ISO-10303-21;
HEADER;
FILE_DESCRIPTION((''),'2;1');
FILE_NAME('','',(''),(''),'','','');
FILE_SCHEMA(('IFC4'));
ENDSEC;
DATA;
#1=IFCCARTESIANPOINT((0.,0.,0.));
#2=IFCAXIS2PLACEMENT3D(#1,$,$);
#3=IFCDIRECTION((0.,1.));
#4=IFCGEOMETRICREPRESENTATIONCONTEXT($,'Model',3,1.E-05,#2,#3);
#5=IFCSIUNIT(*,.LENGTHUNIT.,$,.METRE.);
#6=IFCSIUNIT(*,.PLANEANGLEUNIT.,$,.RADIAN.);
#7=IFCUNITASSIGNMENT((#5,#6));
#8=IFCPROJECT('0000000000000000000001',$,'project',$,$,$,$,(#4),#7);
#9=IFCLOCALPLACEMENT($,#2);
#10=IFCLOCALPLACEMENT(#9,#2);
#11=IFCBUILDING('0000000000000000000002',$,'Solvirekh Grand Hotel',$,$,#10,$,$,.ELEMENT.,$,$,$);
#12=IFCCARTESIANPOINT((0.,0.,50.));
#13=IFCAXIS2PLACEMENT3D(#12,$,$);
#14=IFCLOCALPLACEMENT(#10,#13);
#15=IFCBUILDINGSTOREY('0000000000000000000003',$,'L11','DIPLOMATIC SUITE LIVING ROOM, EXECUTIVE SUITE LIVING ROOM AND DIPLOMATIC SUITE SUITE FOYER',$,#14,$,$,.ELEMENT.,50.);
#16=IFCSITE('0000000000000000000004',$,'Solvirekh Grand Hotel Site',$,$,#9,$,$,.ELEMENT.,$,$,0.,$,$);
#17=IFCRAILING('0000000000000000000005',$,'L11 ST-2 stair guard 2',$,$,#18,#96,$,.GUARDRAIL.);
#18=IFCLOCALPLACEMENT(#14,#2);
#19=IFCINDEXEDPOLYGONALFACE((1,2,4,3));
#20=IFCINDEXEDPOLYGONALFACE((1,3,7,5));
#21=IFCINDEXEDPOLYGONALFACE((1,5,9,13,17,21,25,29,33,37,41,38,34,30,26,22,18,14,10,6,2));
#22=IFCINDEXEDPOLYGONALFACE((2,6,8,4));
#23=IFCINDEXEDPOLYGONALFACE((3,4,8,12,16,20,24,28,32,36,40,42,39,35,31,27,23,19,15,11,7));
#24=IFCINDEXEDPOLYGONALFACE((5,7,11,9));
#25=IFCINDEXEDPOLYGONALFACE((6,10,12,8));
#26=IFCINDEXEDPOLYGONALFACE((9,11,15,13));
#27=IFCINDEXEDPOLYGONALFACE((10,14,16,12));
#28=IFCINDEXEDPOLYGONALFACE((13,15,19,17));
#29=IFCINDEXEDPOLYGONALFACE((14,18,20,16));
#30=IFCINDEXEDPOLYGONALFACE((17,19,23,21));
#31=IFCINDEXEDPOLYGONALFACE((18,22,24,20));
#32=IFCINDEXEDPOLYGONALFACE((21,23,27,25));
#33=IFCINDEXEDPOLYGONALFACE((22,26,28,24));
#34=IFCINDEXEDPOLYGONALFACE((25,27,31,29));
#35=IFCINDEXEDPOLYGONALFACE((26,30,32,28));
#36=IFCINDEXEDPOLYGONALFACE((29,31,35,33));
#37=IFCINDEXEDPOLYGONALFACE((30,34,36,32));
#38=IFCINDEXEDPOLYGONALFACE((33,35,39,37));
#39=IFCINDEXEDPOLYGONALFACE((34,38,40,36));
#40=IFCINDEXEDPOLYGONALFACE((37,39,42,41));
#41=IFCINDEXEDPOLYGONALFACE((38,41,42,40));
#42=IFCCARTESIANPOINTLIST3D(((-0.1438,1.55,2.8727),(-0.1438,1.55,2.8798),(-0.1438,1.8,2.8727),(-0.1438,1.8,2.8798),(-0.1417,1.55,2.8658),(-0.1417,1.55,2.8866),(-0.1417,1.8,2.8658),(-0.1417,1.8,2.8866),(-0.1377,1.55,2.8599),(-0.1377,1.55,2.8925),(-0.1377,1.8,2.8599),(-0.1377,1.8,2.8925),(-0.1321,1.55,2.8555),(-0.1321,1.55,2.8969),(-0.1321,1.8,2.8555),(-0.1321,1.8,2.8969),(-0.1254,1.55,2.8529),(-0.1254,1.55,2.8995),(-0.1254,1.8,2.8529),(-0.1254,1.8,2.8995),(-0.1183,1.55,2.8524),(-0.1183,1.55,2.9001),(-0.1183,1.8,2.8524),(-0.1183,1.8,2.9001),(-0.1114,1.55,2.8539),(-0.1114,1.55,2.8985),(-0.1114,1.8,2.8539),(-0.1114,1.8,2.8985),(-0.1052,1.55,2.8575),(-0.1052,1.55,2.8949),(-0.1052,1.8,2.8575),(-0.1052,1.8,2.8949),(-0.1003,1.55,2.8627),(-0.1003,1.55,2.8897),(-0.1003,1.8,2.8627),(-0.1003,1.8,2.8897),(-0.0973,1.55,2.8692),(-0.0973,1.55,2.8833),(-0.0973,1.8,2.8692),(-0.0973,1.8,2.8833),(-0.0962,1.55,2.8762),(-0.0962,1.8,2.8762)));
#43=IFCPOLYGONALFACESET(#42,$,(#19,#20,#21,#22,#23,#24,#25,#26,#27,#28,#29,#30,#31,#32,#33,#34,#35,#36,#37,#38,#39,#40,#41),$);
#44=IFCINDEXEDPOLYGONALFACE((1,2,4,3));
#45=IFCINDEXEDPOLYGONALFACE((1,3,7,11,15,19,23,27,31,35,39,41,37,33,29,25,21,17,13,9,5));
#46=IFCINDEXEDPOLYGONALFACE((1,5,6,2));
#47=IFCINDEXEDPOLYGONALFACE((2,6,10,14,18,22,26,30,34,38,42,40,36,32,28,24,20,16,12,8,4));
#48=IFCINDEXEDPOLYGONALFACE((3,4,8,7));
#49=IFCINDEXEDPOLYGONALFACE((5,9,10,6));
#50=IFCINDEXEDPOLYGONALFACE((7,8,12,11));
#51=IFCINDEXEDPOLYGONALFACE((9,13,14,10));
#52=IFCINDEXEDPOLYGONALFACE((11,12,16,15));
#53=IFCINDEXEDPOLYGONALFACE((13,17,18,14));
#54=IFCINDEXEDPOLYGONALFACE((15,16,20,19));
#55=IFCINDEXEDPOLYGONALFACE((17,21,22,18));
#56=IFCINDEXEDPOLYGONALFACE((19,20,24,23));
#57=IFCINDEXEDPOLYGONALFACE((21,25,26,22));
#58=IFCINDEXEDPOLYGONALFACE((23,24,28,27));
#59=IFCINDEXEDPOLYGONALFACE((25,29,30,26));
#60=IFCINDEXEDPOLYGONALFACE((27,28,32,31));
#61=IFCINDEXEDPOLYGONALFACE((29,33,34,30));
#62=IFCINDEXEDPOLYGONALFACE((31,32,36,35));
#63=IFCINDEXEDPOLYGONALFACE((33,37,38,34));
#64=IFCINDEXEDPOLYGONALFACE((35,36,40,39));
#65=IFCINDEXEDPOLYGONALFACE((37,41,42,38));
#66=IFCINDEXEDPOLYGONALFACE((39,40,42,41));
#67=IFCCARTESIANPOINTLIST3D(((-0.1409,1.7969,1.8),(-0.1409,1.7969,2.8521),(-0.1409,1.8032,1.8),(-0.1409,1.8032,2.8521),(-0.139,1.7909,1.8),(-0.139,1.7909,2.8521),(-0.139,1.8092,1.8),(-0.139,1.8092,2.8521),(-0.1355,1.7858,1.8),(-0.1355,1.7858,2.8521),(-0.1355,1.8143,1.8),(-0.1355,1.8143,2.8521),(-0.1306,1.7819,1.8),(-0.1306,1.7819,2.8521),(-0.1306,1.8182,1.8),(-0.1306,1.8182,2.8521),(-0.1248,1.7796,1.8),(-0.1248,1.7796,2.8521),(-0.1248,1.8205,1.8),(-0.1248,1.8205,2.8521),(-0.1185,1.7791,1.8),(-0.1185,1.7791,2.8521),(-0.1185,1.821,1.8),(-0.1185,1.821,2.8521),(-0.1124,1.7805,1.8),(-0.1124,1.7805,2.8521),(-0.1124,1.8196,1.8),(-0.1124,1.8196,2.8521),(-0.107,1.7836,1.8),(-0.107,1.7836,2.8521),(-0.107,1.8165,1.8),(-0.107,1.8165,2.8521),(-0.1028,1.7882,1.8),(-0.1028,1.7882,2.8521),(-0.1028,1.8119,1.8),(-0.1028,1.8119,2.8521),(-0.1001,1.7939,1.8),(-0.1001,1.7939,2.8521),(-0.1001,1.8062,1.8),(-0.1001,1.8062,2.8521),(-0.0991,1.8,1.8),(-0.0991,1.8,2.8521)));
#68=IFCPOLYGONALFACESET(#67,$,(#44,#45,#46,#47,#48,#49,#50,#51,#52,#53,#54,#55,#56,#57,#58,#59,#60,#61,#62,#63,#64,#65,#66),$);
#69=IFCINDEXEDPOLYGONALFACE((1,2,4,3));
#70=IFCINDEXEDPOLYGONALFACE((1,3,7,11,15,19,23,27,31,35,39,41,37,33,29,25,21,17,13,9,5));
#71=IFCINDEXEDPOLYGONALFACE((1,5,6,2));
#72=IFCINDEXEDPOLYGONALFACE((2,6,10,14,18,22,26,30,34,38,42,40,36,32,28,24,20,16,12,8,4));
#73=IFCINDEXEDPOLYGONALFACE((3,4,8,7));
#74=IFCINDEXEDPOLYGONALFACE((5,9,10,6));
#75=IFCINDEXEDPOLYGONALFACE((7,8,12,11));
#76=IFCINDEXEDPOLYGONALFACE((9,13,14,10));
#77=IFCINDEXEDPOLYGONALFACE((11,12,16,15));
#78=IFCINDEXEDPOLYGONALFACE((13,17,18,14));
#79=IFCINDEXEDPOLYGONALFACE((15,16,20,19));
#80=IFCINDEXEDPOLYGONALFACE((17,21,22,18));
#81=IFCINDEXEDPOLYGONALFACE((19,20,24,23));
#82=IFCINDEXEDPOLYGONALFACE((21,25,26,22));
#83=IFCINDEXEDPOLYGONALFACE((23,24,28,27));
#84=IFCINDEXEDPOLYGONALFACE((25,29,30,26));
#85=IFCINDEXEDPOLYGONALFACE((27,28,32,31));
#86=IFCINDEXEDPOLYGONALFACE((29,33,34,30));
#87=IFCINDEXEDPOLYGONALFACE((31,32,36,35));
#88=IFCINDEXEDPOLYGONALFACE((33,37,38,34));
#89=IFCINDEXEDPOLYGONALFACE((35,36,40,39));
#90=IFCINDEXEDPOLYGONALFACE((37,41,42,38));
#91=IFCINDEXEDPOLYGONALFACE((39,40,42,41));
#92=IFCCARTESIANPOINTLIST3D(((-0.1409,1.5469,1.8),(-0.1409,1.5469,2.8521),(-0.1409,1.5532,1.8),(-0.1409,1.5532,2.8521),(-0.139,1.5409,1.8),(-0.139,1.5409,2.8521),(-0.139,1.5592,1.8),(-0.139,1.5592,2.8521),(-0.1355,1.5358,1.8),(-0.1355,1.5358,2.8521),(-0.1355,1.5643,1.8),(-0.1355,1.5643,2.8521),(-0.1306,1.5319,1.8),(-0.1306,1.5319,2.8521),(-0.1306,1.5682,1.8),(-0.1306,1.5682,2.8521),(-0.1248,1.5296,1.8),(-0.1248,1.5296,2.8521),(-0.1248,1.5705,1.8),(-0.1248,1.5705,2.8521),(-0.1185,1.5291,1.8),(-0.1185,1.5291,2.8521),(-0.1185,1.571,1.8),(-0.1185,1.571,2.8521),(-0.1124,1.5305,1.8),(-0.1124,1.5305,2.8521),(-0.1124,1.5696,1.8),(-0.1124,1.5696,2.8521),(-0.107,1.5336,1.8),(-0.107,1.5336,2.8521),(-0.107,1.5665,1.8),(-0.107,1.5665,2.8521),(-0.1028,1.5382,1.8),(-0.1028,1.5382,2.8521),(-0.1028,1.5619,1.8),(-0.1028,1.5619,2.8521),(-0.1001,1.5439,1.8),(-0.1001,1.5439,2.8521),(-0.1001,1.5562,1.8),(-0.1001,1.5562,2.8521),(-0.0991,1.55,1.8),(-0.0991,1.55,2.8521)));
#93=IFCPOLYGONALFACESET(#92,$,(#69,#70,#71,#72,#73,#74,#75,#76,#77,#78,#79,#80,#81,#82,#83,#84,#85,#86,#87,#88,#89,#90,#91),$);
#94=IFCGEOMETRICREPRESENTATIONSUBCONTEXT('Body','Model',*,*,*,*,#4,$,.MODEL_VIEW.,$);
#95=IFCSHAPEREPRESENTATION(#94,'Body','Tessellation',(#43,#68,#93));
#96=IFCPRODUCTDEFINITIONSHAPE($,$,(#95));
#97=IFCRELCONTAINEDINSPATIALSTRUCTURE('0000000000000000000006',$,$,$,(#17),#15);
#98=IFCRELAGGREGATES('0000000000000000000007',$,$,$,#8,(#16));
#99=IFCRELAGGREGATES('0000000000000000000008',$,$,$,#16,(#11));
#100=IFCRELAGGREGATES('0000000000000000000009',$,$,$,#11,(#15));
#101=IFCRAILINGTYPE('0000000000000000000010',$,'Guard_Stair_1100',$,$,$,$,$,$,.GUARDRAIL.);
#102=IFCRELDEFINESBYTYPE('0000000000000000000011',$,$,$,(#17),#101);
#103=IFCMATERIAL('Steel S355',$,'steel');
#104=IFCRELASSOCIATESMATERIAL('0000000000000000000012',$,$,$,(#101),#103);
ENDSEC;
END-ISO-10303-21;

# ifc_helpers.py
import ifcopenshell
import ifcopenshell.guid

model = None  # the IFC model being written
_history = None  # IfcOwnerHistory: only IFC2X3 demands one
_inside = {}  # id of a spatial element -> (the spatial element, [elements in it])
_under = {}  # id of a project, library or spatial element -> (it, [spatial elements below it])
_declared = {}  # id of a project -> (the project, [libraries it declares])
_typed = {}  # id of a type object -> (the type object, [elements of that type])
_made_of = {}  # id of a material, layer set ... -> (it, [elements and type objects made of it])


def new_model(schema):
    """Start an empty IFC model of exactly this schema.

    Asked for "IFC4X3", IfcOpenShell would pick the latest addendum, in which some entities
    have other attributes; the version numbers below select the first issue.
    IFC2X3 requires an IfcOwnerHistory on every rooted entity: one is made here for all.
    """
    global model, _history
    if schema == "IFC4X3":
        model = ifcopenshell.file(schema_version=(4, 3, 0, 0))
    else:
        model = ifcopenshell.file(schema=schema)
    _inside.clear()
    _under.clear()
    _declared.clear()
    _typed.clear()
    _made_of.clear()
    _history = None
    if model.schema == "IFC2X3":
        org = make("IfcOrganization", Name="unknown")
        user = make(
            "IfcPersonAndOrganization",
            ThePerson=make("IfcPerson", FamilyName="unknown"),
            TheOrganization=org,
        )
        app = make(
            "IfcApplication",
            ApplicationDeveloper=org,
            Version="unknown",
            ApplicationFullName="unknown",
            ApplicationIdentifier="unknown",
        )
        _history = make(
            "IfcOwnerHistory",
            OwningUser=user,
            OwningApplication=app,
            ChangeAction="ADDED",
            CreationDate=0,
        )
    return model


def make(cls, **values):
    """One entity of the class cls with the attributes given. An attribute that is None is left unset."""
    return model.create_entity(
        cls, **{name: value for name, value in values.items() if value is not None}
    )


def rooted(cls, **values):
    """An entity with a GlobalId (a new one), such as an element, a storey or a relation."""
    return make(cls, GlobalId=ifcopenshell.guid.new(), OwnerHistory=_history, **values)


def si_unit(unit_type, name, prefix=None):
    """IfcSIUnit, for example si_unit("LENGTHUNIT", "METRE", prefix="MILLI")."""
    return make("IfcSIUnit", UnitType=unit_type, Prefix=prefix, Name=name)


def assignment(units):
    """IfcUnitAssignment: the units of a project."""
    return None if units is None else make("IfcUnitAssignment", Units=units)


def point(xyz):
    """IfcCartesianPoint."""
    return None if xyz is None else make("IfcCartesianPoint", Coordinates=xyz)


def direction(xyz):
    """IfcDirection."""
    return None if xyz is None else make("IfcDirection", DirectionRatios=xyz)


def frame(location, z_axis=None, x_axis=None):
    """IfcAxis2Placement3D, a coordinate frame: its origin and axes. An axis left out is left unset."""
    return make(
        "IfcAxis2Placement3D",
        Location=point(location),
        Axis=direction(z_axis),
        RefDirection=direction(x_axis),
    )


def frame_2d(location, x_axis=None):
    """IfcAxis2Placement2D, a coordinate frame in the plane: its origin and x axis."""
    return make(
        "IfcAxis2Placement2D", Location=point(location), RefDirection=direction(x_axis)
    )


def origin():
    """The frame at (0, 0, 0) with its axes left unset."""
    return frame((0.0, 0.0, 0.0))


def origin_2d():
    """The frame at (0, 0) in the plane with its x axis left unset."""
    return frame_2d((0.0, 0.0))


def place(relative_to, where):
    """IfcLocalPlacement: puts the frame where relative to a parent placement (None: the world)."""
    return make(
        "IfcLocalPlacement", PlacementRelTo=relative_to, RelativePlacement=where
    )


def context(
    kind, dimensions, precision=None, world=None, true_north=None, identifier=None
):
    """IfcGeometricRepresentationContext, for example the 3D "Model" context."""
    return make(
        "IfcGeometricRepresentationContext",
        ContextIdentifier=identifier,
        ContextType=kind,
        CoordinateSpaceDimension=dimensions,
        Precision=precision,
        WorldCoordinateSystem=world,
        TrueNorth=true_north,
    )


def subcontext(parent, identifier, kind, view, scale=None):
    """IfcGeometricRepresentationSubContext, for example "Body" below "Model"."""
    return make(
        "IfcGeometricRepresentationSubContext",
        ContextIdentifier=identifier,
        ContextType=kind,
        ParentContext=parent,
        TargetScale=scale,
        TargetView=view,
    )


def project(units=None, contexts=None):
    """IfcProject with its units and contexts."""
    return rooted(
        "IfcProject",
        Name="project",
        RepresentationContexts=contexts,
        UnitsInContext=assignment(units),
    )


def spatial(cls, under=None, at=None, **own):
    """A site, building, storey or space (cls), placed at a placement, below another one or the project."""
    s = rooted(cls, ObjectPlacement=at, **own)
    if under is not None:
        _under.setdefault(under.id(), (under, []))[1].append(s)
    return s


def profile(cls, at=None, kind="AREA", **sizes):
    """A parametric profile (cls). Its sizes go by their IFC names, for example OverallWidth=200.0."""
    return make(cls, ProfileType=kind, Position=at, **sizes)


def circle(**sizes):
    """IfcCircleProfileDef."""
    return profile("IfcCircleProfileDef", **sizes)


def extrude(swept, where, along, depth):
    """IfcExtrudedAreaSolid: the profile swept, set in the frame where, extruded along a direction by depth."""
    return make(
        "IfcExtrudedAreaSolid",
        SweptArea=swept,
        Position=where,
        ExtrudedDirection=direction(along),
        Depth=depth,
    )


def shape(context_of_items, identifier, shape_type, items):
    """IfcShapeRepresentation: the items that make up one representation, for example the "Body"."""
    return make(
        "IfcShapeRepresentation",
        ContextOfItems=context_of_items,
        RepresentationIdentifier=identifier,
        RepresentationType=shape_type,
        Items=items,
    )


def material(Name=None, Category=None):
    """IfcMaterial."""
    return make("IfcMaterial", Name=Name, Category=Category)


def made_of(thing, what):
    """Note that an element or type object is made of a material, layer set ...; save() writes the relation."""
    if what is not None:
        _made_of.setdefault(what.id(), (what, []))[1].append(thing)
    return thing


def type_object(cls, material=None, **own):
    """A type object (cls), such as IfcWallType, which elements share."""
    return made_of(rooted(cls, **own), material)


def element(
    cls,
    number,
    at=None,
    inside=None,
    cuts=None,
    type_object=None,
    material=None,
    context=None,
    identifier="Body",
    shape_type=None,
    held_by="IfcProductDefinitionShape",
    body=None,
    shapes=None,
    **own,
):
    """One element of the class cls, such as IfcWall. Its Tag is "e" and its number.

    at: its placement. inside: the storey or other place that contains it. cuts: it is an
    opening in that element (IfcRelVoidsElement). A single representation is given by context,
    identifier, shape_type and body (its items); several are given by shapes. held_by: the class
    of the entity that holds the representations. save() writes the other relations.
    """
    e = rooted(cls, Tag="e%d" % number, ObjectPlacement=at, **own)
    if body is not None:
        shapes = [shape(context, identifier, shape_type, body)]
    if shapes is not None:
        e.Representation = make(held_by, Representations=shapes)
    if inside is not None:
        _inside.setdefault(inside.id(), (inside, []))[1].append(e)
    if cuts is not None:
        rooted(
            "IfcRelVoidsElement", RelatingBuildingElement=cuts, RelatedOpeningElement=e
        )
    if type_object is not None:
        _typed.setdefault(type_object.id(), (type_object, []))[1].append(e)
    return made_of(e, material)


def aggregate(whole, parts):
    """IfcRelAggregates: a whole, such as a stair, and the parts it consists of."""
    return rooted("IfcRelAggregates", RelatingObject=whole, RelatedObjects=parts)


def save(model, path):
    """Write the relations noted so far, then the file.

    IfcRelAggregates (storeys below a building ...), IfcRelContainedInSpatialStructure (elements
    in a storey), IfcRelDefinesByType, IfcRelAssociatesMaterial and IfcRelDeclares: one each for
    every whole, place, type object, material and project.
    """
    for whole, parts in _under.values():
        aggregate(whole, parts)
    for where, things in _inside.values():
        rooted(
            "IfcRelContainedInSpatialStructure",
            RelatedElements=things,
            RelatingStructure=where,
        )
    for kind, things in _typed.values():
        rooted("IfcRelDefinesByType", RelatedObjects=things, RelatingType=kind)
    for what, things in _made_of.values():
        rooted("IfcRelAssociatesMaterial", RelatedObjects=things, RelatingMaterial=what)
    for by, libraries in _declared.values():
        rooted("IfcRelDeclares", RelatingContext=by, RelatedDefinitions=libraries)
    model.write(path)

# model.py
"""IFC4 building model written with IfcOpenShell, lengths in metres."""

from ifc_helpers import new_model, si_unit, direction, frame, origin, origin_2d, place, context, subcontext, project, spatial, circle, extrude, material, type_object, element, save


model = new_model("IFC4")

# Units and contexts
model_context = context("Model", 3, precision=1e-05, world=origin(), true_north=direction((0.0, 1.0)))
body_context = subcontext(model_context, "Body", "Model", "MODEL_VIEW")
ifc_project = project(units=[si_unit("LENGTHUNIT", "METRE"), si_unit("PLANEANGLEUNIT", "RADIAN")], contexts=[model_context])

# Site, building, storey
site_placement = place(None, origin())
site = spatial("IfcSite", under=ifc_project, at=site_placement, Name="Solvirekh Grand Hotel Site", CompositionType="ELEMENT", RefElevation=0.0)
building_placement = place(site_placement, origin())
building = spatial("IfcBuilding", under=site, at=building_placement, Name="Solvirekh Grand Hotel", CompositionType="ELEMENT")
storey_placement = place(building_placement, frame((0.0, 0.0, 50.0)))
storey = spatial("IfcBuildingStorey", under=building, at=storey_placement, Name="L11", Description="DIPLOMATIC SUITE LIVING ROOM, EXECUTIVE SUITE LIVING ROOM AND DIPLOMATIC SUITE SUITE FOYER", CompositionType="ELEMENT", Elevation=50.0)

# Shared definitions
ifc_material_1 = material(Name="Steel S355", Category="steel")

# Railing
railing_type_1 = type_object("IfcRailingType", Name="Guard_Stair_1100", PredefinedType="GUARDRAIL", material=ifc_material_1)
railing_1_placement = place(storey_placement, frame((-0.1201, 1.8, 1.8)))
element("IfcRailing", 1, at=railing_1_placement, inside=storey, type_object=railing_type_1, Name="L11 ST-2 stair guard 2", PredefinedType="GUARDRAIL", context=body_context, shape_type="SweptSolid", body=[
    extrude(circle(Radius=0.0239, at=origin_2d()), frame((0.0, 0.0, 1.0762), z_axis=(0.0, -1.0, 0.0), x_axis=(1.0, 0.0, 0.0)), (0.0, 0.0, 1.0), 0.25),
    extrude(circle(Radius=0.021, at=origin_2d()), origin(), (0.0, 0.0, 1.0), 1.052),
    extrude(circle(Radius=0.021, at=origin_2d()), frame((0.0, -0.25, 0.0)), (0.0, 0.0, 1.0), 1.052),
])

save(model, "model.ifc")
